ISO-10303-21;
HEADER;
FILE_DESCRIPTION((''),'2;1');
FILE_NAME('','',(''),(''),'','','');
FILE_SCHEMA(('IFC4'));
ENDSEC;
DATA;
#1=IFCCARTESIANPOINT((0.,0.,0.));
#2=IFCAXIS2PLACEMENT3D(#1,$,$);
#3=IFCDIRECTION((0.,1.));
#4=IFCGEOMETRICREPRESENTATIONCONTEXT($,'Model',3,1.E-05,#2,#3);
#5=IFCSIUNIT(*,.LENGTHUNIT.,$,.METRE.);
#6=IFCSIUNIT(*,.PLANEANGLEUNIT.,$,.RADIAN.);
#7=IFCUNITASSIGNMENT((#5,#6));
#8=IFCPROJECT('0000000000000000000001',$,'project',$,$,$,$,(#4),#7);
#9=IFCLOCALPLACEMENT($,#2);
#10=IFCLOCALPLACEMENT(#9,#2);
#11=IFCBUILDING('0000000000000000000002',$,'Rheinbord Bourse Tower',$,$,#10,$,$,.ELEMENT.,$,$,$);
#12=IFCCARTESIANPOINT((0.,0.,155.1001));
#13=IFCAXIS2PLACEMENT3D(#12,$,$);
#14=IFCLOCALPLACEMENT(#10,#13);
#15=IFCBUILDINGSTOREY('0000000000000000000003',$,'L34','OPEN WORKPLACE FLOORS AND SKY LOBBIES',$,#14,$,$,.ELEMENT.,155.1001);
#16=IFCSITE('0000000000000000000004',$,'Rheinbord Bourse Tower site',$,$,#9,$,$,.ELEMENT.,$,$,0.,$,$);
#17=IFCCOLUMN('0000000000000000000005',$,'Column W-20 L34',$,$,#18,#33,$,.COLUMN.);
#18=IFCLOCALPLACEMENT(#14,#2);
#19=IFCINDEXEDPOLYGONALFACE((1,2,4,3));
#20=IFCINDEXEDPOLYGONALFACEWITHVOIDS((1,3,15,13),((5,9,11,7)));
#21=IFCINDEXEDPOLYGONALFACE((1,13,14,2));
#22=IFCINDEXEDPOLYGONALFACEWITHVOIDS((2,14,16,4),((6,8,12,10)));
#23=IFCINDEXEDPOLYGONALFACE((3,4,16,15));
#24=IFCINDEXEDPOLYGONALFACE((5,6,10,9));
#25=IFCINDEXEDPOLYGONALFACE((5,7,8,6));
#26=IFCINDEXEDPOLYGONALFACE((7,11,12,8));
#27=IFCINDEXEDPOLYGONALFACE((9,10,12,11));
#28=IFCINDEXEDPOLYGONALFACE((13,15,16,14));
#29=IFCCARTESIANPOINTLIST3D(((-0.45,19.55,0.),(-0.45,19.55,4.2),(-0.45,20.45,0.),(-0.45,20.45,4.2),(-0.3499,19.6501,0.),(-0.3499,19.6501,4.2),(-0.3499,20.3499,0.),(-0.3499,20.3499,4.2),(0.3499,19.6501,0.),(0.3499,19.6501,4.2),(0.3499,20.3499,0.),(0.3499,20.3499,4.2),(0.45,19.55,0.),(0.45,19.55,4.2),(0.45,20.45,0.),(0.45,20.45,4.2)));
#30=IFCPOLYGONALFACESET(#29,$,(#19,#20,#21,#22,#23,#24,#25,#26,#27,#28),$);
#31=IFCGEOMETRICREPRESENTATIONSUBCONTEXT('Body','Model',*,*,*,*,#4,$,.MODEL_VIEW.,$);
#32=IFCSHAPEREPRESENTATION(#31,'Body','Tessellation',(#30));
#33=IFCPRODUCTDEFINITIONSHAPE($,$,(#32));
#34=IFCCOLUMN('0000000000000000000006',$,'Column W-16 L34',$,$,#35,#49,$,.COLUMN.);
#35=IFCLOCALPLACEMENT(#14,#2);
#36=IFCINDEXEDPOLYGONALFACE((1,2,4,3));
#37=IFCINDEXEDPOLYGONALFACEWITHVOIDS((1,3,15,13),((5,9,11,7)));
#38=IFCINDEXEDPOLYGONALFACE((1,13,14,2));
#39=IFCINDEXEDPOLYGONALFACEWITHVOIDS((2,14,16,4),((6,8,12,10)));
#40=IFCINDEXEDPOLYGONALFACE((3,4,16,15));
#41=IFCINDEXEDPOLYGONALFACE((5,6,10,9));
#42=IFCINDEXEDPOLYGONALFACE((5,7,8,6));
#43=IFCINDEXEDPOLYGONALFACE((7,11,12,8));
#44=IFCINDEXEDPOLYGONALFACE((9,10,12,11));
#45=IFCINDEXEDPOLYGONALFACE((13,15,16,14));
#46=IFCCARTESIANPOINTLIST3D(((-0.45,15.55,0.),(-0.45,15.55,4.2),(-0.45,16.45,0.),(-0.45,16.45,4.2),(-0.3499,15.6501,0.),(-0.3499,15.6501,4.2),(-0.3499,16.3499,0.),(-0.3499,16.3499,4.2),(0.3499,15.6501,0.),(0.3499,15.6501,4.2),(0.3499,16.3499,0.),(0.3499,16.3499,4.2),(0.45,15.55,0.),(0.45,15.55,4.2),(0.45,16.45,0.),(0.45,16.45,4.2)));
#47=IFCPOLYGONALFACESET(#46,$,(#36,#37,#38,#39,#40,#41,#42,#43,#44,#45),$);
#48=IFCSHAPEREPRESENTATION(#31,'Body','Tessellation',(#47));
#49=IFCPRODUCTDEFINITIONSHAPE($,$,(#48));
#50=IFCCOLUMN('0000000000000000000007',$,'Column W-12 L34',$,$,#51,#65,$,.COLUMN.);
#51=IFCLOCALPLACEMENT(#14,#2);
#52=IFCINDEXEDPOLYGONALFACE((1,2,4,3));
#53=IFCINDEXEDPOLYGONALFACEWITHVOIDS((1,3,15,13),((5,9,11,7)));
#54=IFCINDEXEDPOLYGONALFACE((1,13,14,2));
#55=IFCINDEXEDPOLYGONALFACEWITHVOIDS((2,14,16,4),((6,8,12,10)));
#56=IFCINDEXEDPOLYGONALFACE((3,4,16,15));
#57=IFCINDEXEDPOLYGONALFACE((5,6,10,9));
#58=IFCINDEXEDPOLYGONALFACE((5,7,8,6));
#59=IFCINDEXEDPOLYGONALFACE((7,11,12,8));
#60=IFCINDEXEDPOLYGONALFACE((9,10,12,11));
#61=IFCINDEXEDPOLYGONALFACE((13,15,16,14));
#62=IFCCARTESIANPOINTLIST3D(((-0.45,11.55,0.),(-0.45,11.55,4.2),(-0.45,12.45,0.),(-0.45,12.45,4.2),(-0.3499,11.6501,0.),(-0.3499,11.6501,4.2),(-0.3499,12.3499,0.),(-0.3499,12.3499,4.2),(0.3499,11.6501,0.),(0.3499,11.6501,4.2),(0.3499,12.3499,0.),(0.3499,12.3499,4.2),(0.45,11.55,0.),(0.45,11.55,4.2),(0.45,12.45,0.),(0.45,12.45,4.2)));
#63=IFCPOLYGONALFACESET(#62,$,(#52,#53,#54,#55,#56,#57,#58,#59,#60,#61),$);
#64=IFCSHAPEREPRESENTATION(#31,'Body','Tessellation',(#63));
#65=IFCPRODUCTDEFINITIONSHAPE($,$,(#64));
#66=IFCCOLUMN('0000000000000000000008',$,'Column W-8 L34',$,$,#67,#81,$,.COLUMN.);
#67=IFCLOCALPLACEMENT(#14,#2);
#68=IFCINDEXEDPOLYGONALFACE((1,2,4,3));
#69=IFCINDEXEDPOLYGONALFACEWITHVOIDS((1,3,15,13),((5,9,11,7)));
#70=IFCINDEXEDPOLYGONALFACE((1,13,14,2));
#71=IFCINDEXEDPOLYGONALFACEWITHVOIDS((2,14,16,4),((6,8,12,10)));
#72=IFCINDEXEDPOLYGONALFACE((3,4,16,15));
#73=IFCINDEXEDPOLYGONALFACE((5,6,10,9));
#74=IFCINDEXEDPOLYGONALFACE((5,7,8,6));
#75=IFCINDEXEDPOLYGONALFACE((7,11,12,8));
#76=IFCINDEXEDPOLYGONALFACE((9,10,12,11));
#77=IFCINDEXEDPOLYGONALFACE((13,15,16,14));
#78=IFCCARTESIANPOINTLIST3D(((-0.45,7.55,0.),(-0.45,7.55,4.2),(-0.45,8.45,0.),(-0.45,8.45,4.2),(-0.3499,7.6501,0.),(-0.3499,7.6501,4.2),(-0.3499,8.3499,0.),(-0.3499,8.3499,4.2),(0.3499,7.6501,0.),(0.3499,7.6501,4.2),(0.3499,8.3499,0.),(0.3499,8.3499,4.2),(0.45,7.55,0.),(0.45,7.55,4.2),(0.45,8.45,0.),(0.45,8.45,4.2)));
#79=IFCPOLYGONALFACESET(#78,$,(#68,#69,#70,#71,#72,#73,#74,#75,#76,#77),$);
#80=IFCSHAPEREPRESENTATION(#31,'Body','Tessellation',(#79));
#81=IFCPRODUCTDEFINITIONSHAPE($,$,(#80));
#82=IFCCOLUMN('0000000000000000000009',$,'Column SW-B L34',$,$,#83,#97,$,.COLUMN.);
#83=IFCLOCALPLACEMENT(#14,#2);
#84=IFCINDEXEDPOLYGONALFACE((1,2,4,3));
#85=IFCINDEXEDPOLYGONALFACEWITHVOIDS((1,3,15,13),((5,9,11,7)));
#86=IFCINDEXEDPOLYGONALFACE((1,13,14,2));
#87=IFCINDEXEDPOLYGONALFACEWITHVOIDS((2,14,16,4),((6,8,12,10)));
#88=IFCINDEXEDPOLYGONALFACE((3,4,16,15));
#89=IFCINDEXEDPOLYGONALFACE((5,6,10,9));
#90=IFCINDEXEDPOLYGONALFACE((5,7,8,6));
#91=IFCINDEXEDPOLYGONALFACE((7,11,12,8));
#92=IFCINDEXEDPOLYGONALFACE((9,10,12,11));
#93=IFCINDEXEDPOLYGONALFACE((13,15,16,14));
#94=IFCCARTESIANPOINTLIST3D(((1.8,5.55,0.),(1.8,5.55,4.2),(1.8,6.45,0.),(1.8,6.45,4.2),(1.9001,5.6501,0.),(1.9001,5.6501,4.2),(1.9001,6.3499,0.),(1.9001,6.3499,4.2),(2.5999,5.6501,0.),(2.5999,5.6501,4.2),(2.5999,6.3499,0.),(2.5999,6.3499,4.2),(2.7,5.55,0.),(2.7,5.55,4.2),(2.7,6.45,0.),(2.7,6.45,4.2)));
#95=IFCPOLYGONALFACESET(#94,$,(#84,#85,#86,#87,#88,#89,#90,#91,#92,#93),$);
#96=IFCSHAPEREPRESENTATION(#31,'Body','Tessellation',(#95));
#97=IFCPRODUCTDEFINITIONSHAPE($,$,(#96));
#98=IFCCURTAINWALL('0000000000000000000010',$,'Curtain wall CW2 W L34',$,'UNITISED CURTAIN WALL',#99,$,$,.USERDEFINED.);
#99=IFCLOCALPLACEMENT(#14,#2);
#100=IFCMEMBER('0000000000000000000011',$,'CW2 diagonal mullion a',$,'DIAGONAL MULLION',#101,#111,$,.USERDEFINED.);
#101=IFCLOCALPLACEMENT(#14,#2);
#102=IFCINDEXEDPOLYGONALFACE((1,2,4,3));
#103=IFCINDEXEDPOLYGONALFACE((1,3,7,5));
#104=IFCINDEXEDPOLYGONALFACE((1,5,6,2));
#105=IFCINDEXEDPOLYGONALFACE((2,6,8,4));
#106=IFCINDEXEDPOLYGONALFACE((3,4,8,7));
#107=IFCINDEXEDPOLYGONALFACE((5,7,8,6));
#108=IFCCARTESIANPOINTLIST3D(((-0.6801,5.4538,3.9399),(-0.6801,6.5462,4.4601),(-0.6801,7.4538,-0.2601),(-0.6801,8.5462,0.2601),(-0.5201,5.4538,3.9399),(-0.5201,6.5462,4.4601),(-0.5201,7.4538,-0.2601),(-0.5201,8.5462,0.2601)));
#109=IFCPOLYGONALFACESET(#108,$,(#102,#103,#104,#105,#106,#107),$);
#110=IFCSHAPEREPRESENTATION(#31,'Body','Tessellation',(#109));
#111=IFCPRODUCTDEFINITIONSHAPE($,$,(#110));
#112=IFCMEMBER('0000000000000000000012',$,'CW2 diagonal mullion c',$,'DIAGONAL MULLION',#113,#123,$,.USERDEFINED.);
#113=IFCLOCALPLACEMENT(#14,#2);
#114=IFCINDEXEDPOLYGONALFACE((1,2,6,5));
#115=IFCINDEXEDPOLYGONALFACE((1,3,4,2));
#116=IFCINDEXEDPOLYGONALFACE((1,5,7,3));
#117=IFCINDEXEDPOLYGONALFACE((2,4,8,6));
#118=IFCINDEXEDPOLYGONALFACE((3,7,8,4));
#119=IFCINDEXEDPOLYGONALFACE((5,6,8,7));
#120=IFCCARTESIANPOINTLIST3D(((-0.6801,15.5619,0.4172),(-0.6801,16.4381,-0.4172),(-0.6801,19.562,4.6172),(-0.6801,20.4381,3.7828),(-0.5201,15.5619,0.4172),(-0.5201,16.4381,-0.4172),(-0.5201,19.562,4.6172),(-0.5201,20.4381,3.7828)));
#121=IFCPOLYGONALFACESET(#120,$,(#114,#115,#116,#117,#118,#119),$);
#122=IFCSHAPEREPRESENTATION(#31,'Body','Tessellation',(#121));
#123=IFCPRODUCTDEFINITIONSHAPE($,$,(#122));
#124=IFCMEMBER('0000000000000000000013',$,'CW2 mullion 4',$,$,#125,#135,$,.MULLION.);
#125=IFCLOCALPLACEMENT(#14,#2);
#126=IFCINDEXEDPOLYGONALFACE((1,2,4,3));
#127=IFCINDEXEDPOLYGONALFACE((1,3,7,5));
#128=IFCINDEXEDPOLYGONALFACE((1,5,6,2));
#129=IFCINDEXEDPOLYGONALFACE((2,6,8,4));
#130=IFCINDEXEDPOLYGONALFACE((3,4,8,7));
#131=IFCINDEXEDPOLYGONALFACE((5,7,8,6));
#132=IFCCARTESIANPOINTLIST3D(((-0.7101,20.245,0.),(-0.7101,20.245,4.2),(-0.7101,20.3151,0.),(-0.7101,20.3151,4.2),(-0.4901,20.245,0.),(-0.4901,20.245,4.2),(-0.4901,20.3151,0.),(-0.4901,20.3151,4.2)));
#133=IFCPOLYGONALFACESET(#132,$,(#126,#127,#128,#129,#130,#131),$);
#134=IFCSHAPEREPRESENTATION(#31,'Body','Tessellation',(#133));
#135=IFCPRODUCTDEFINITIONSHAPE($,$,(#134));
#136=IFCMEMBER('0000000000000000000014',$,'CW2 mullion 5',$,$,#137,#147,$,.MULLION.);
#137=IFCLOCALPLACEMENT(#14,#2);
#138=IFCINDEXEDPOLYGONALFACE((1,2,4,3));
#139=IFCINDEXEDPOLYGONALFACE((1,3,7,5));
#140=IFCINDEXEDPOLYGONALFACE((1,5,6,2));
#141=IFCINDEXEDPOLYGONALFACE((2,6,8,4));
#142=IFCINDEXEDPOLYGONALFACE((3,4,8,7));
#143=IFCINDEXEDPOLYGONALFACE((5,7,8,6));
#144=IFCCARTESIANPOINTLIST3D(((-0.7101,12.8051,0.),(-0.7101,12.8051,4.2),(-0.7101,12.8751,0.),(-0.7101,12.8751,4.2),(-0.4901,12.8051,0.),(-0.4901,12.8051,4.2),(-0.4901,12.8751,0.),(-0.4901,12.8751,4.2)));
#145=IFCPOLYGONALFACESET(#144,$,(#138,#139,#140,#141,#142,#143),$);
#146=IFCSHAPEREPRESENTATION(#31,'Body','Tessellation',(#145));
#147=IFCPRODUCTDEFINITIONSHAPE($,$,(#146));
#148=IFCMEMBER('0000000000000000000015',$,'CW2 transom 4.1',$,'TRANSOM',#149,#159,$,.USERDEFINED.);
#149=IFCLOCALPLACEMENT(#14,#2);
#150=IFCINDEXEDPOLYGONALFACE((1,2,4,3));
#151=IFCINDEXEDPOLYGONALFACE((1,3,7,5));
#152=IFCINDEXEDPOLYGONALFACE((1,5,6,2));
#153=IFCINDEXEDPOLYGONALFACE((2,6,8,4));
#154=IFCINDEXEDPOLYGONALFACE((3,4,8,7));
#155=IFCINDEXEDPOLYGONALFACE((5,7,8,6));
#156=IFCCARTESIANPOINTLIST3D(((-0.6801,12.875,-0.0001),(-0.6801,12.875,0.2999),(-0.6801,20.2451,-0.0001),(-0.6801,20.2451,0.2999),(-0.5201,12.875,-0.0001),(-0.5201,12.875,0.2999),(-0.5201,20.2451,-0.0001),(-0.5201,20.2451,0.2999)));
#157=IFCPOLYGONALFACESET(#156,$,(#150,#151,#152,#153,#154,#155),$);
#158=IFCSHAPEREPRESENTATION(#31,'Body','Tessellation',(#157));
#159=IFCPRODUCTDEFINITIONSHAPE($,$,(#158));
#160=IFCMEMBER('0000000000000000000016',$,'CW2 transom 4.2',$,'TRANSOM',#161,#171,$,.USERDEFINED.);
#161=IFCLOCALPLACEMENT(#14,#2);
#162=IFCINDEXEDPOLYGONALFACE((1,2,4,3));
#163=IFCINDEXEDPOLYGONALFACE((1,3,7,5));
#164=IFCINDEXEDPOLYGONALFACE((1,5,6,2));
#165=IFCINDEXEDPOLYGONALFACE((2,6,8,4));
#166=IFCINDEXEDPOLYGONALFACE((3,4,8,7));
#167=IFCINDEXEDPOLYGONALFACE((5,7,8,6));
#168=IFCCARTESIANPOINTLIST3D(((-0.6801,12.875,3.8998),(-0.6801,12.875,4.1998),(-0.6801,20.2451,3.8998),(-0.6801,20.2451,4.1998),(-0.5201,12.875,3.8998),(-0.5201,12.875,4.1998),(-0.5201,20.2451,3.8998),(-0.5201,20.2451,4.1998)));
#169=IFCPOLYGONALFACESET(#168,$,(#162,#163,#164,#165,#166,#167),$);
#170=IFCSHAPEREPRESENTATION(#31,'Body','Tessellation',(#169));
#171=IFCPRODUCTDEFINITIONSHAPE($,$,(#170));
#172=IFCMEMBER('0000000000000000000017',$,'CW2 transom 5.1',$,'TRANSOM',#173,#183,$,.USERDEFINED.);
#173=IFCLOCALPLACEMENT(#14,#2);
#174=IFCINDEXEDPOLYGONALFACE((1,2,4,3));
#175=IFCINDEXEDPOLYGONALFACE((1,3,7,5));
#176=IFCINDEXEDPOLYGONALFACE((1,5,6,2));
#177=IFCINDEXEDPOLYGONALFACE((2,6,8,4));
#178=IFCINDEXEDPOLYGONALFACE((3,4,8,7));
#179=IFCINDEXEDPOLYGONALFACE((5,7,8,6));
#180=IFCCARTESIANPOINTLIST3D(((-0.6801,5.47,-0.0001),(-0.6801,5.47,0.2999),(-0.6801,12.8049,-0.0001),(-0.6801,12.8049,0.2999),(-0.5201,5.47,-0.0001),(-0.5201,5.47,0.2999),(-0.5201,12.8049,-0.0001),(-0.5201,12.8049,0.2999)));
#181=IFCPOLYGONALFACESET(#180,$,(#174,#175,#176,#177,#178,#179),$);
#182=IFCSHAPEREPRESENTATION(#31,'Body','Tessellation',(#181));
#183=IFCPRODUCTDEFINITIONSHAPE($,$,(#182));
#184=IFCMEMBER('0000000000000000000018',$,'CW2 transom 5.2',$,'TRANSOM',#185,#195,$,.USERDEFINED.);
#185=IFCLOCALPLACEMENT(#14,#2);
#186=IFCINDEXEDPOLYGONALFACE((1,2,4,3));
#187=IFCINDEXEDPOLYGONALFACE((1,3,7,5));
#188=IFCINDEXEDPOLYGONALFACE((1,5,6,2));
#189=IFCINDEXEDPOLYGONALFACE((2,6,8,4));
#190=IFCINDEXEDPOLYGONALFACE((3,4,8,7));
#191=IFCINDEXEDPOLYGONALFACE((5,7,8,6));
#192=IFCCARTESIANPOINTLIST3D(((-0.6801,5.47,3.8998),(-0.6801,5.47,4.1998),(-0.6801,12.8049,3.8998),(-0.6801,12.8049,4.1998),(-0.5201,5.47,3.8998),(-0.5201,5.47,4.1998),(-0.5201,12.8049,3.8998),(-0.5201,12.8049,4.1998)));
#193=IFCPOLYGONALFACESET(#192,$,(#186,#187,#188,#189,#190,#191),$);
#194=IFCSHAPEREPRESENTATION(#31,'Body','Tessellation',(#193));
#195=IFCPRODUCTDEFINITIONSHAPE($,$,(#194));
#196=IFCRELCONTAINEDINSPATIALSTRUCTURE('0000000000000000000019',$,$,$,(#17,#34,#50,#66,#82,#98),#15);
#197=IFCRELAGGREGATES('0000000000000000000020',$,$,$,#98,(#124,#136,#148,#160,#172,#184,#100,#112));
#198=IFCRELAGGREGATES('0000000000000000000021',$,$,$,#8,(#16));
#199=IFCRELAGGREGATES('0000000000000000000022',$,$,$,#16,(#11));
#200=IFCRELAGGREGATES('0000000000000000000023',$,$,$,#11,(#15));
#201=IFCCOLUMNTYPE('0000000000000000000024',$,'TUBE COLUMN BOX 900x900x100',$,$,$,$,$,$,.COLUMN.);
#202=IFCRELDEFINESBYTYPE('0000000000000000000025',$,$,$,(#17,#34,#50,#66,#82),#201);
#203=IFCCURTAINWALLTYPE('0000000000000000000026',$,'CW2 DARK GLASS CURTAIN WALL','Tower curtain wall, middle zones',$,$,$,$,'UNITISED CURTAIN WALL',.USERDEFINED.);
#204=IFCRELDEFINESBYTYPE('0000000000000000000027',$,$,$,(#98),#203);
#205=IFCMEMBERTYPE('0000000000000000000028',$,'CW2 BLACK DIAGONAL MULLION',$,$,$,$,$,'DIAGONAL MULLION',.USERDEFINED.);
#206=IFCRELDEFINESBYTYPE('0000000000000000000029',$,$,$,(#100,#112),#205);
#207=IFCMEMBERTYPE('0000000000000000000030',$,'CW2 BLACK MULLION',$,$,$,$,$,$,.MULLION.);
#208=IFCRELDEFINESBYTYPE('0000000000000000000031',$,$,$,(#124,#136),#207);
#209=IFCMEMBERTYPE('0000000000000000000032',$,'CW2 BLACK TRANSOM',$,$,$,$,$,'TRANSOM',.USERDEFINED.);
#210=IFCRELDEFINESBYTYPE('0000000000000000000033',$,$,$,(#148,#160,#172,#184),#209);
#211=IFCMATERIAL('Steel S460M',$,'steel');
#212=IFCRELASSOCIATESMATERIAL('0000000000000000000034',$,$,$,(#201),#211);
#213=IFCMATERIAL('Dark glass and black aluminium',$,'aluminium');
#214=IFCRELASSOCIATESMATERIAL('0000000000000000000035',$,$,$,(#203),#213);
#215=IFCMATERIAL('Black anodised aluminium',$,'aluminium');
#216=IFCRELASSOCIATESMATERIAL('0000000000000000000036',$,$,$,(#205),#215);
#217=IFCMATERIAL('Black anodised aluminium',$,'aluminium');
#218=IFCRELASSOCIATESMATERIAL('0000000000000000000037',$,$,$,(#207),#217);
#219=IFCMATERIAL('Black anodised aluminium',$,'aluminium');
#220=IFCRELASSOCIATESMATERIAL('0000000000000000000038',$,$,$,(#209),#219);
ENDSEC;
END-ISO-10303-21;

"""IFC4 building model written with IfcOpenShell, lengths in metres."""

from ifc_helpers import new_model, si_unit, direction, frame, origin, origin_2d, place, context, subcontext, project, spatial, rectangle, hollow_rectangle, extrude, material, material_profile, profile_set, type_object, element, aggregate, save


model = new_model("IFC4")

# Units and contexts
model_context = context("Model", 3, precision=1e-05, world=origin(), true_north=direction((0.0, 1.0)))
body_context = subcontext(model_context, "Body", "Model", "MODEL_VIEW")
ifc_project = project(units=[si_unit("LENGTHUNIT", "METRE"), si_unit("PLANEANGLEUNIT", "RADIAN")], contexts=[model_context])

# Site, building, storey
site_placement = place(None, origin())
site = spatial("IfcSite", under=ifc_project, at=site_placement, Name="Rheinbord Bourse Tower site", CompositionType="ELEMENT", RefElevation=0.0)
building_placement = place(site_placement, origin())
building = spatial("IfcBuilding", under=site, at=building_placement, Name="Rheinbord Bourse Tower", CompositionType="ELEMENT")
storey_placement = place(building_placement, frame((0.0, 0.0, 155.1001)))
storey = spatial("IfcBuildingStorey", under=building, at=storey_placement, Name="L34", Description="OPEN WORKPLACE FLOORS AND SKY LOBBIES", CompositionType="ELEMENT", Elevation=155.1001)

# Columns
ifc_material_1 = material(Name="Steel S460M", Category="steel")
ifc_material_profile_1 = material_profile(ifc_material_1, hollow_rectangle(XDim=0.8999, YDim=0.8999, WallThickness=0.1001, at=origin_2d()), Name="BOX 900x900x100")
ifc_profile_set_1 = profile_set([ifc_material_profile_1], Name="Steel S460M")
column_type = type_object("IfcColumnType", Name="TUBE COLUMN BOX 900x900x100", PredefinedType="COLUMN", material=ifc_profile_set_1)
for number, where, z_axis, x_axis, name in (
    (1, (0.0, 20.0, 0.0), (0.0, 0.0, 1.0), (1.0, 0.0, 0.0), "Column W-20 L34"),
    (2, (0.0, 16.0, 0.0), (0.0, 0.0, 1.0), (1.0, 0.0, 0.0), "Column W-16 L34"),
    (3, (0.0, 12.0, 0.0), (0.0, 0.0, 1.0), (1.0, 0.0, 0.0), "Column W-12 L34"),
    (4, (0.0, 8.0, 0.0), (0.0, 0.0, 1.0), (1.0, 0.0, 0.0), "Column W-8 L34"),
    (5, (2.25, 6.0, 0.0), (0.0, 0.0, 1.0), (1.0, 0.0, 0.0), "Column SW-B L34"),
):
    element("IfcColumn", number, at=place(storey_placement, frame(where, z_axis=z_axis, x_axis=x_axis)), inside=storey, type_object=column_type, Name=name, PredefinedType="COLUMN", context=body_context, shape_type="SweptSolid", body=[
        extrude(hollow_rectangle(XDim=0.8999, YDim=0.8999, WallThickness=0.1001, at=origin_2d()), origin(), (0.0, 0.0, 1.0), 4.2),
    ])

# Curtain wall, members
ifc_material_2 = material(Name="Dark glass and black aluminium", Category="aluminium")
curtain_wall_type = type_object("IfcCurtainWallType", Name="CW2 DARK GLASS CURTAIN WALL", Description="Tower curtain wall, middle zones", ElementType="UNITISED CURTAIN WALL", PredefinedType="USERDEFINED", material=ifc_material_2)
curtain_wall_placement = place(storey_placement, origin())
curtain_wall = element("IfcCurtainWall", 6, at=curtain_wall_placement, inside=storey, type_object=curtain_wall_type, Name="Curtain wall CW2 W L34", ObjectType="UNITISED CURTAIN WALL", PredefinedType="USERDEFINED")
ifc_material_3 = material(Name="Black anodised aluminium", Category="aluminium")
ifc_material_profile_2 = material_profile(ifc_material_3, rectangle(XDim=0.1599, YDim=1.21, at=origin_2d()), Name="CW2 DIAGONAL MULLION 1210x160")
ifc_profile_set_2 = profile_set([ifc_material_profile_2], Name="Black anodised aluminium")
member_type_1 = type_object("IfcMemberType", Name="CW2 BLACK DIAGONAL MULLION", ElementType="DIAGONAL MULLION", PredefinedType="USERDEFINED", material=ifc_profile_set_2)
member_1_placement = place(storey_placement, frame((-0.6001, 8.0, 0.0), z_axis=(0.0, -0.429938, 0.902859), x_axis=(1.0, 0.0, 0.0)))
member_1 = element("IfcMember", 7, at=member_1_placement, type_object=member_type_1, Name="CW2 diagonal mullion a", ObjectType="DIAGONAL MULLION", PredefinedType="USERDEFINED", context=body_context, shape_type="SweptSolid", body=[
    extrude(rectangle(XDim=0.1599, YDim=1.21, at=origin_2d()), origin(), (0.0, 0.0, 1.0), 4.6519),
])
member_2_placement = place(storey_placement, frame((-0.6001, 16.0, 0.0), z_axis=(0.0, 0.689659, 0.724134), x_axis=(-1.0, 0.0, 0.0)))
member_2 = element("IfcMember", 8, at=member_2_placement, type_object=member_type_1, Name="CW2 diagonal mullion c", ObjectType="DIAGONAL MULLION", PredefinedType="USERDEFINED", context=body_context, shape_type="SweptSolid", body=[
    extrude(rectangle(XDim=0.1599, YDim=1.21, at=origin_2d()), origin(), (0.0, 0.0, 1.0), 5.8),
])
ifc_material_4 = material(Name="Black anodised aluminium", Category="aluminium")
ifc_material_profile_3 = material_profile(ifc_material_4, rectangle(XDim=0.22, YDim=0.0701, at=origin_2d()), Name="CW2 MULLION 70x220")
ifc_profile_set_3 = profile_set([ifc_material_profile_3], Name="Black anodised aluminium")
member_type_2 = type_object("IfcMemberType", Name="CW2 BLACK MULLION", PredefinedType="MULLION", material=ifc_profile_set_3)
member_3_placement = place(storey_placement, frame((-0.6001, 20.28, 0.0), z_axis=(0.0, 0.0, 1.0), x_axis=(1.0, 0.0, 0.0)))
member_3 = element("IfcMember", 9, at=member_3_placement, type_object=member_type_2, Name="CW2 mullion 4", PredefinedType="MULLION", context=body_context, shape_type="SweptSolid", body=[
    extrude(rectangle(XDim=0.22, YDim=0.0701, at=origin_2d()), origin(), (0.0, 0.0, 1.0), 4.2),
])
member_4_placement = place(storey_placement, frame((-0.6001, 12.8401, 0.0), z_axis=(0.0, 0.0, 1.0), x_axis=(1.0, 0.0, 0.0)))
member_4 = element("IfcMember", 10, at=member_4_placement, type_object=member_type_2, Name="CW2 mullion 5", PredefinedType="MULLION", context=body_context, shape_type="SweptSolid", body=[
    extrude(rectangle(XDim=0.22, YDim=0.0701, at=origin_2d()), origin(), (0.0, 0.0, 1.0), 4.2),
])
ifc_material_5 = material(Name="Black anodised aluminium", Category="aluminium")
ifc_material_profile_4 = material_profile(ifc_material_5, rectangle(XDim=0.1599, YDim=0.3, at=origin_2d()), Name="CW2 TRANSOM 300x160")
ifc_profile_set_4 = profile_set([ifc_material_profile_4], Name="Black anodised aluminium")
member_type_3 = type_object("IfcMemberType", Name="CW2 BLACK TRANSOM", ElementType="TRANSOM", PredefinedType="USERDEFINED", material=ifc_profile_set_4)
member_5_placement = place(storey_placement, frame((-0.6001, 20.2451, 0.1499), z_axis=(0.0, -1.0, 0.0), x_axis=(1.0, 0.0, 0.0)))
member_5 = element("IfcMember", 11, at=member_5_placement, type_object=member_type_3, Name="CW2 transom 4.1", ObjectType="TRANSOM", PredefinedType="USERDEFINED", context=body_context, shape_type="SweptSolid", body=[
    extrude(rectangle(XDim=0.1599, YDim=0.3, at=origin_2d()), origin(), (0.0, 0.0, 1.0), 7.3701),
])
member_6_placement = place(storey_placement, frame((-0.6001, 20.2451, 4.0498), z_axis=(0.0, -1.0, 0.0), x_axis=(1.0, 0.0, 0.0)))
member_6 = element("IfcMember", 12, at=member_6_placement, type_object=member_type_3, Name="CW2 transom 4.2", ObjectType="TRANSOM", PredefinedType="USERDEFINED", context=body_context, shape_type="SweptSolid", body=[
    extrude(rectangle(XDim=0.1599, YDim=0.3, at=origin_2d()), origin(), (0.0, 0.0, 1.0), 7.3701),
])
member_7_placement = place(storey_placement, frame((-0.6001, 12.8049, 0.1499), z_axis=(0.0, -1.0, 0.0), x_axis=(1.0, 0.0, 0.0)))
member_7 = element("IfcMember", 13, at=member_7_placement, type_object=member_type_3, Name="CW2 transom 5.1", ObjectType="TRANSOM", PredefinedType="USERDEFINED", context=body_context, shape_type="SweptSolid", body=[
    extrude(rectangle(XDim=0.1599, YDim=0.3, at=origin_2d()), origin(), (0.0, 0.0, 1.0), 7.335),
])
member_8_placement = place(storey_placement, frame((-0.6001, 12.8049, 4.0498), z_axis=(0.0, -1.0, 0.0), x_axis=(1.0, 0.0, 0.0)))
member_8 = element("IfcMember", 14, at=member_8_placement, type_object=member_type_3, Name="CW2 transom 5.2", ObjectType="TRANSOM", PredefinedType="USERDEFINED", context=body_context, shape_type="SweptSolid", body=[
    extrude(rectangle(XDim=0.1599, YDim=0.3, at=origin_2d()), origin(), (0.0, 0.0, 1.0), 7.335),
])

aggregate(curtain_wall, [member_3, member_4, member_5, member_6, member_7, member_8, member_1, member_2])

save(model, "model.ifc")
